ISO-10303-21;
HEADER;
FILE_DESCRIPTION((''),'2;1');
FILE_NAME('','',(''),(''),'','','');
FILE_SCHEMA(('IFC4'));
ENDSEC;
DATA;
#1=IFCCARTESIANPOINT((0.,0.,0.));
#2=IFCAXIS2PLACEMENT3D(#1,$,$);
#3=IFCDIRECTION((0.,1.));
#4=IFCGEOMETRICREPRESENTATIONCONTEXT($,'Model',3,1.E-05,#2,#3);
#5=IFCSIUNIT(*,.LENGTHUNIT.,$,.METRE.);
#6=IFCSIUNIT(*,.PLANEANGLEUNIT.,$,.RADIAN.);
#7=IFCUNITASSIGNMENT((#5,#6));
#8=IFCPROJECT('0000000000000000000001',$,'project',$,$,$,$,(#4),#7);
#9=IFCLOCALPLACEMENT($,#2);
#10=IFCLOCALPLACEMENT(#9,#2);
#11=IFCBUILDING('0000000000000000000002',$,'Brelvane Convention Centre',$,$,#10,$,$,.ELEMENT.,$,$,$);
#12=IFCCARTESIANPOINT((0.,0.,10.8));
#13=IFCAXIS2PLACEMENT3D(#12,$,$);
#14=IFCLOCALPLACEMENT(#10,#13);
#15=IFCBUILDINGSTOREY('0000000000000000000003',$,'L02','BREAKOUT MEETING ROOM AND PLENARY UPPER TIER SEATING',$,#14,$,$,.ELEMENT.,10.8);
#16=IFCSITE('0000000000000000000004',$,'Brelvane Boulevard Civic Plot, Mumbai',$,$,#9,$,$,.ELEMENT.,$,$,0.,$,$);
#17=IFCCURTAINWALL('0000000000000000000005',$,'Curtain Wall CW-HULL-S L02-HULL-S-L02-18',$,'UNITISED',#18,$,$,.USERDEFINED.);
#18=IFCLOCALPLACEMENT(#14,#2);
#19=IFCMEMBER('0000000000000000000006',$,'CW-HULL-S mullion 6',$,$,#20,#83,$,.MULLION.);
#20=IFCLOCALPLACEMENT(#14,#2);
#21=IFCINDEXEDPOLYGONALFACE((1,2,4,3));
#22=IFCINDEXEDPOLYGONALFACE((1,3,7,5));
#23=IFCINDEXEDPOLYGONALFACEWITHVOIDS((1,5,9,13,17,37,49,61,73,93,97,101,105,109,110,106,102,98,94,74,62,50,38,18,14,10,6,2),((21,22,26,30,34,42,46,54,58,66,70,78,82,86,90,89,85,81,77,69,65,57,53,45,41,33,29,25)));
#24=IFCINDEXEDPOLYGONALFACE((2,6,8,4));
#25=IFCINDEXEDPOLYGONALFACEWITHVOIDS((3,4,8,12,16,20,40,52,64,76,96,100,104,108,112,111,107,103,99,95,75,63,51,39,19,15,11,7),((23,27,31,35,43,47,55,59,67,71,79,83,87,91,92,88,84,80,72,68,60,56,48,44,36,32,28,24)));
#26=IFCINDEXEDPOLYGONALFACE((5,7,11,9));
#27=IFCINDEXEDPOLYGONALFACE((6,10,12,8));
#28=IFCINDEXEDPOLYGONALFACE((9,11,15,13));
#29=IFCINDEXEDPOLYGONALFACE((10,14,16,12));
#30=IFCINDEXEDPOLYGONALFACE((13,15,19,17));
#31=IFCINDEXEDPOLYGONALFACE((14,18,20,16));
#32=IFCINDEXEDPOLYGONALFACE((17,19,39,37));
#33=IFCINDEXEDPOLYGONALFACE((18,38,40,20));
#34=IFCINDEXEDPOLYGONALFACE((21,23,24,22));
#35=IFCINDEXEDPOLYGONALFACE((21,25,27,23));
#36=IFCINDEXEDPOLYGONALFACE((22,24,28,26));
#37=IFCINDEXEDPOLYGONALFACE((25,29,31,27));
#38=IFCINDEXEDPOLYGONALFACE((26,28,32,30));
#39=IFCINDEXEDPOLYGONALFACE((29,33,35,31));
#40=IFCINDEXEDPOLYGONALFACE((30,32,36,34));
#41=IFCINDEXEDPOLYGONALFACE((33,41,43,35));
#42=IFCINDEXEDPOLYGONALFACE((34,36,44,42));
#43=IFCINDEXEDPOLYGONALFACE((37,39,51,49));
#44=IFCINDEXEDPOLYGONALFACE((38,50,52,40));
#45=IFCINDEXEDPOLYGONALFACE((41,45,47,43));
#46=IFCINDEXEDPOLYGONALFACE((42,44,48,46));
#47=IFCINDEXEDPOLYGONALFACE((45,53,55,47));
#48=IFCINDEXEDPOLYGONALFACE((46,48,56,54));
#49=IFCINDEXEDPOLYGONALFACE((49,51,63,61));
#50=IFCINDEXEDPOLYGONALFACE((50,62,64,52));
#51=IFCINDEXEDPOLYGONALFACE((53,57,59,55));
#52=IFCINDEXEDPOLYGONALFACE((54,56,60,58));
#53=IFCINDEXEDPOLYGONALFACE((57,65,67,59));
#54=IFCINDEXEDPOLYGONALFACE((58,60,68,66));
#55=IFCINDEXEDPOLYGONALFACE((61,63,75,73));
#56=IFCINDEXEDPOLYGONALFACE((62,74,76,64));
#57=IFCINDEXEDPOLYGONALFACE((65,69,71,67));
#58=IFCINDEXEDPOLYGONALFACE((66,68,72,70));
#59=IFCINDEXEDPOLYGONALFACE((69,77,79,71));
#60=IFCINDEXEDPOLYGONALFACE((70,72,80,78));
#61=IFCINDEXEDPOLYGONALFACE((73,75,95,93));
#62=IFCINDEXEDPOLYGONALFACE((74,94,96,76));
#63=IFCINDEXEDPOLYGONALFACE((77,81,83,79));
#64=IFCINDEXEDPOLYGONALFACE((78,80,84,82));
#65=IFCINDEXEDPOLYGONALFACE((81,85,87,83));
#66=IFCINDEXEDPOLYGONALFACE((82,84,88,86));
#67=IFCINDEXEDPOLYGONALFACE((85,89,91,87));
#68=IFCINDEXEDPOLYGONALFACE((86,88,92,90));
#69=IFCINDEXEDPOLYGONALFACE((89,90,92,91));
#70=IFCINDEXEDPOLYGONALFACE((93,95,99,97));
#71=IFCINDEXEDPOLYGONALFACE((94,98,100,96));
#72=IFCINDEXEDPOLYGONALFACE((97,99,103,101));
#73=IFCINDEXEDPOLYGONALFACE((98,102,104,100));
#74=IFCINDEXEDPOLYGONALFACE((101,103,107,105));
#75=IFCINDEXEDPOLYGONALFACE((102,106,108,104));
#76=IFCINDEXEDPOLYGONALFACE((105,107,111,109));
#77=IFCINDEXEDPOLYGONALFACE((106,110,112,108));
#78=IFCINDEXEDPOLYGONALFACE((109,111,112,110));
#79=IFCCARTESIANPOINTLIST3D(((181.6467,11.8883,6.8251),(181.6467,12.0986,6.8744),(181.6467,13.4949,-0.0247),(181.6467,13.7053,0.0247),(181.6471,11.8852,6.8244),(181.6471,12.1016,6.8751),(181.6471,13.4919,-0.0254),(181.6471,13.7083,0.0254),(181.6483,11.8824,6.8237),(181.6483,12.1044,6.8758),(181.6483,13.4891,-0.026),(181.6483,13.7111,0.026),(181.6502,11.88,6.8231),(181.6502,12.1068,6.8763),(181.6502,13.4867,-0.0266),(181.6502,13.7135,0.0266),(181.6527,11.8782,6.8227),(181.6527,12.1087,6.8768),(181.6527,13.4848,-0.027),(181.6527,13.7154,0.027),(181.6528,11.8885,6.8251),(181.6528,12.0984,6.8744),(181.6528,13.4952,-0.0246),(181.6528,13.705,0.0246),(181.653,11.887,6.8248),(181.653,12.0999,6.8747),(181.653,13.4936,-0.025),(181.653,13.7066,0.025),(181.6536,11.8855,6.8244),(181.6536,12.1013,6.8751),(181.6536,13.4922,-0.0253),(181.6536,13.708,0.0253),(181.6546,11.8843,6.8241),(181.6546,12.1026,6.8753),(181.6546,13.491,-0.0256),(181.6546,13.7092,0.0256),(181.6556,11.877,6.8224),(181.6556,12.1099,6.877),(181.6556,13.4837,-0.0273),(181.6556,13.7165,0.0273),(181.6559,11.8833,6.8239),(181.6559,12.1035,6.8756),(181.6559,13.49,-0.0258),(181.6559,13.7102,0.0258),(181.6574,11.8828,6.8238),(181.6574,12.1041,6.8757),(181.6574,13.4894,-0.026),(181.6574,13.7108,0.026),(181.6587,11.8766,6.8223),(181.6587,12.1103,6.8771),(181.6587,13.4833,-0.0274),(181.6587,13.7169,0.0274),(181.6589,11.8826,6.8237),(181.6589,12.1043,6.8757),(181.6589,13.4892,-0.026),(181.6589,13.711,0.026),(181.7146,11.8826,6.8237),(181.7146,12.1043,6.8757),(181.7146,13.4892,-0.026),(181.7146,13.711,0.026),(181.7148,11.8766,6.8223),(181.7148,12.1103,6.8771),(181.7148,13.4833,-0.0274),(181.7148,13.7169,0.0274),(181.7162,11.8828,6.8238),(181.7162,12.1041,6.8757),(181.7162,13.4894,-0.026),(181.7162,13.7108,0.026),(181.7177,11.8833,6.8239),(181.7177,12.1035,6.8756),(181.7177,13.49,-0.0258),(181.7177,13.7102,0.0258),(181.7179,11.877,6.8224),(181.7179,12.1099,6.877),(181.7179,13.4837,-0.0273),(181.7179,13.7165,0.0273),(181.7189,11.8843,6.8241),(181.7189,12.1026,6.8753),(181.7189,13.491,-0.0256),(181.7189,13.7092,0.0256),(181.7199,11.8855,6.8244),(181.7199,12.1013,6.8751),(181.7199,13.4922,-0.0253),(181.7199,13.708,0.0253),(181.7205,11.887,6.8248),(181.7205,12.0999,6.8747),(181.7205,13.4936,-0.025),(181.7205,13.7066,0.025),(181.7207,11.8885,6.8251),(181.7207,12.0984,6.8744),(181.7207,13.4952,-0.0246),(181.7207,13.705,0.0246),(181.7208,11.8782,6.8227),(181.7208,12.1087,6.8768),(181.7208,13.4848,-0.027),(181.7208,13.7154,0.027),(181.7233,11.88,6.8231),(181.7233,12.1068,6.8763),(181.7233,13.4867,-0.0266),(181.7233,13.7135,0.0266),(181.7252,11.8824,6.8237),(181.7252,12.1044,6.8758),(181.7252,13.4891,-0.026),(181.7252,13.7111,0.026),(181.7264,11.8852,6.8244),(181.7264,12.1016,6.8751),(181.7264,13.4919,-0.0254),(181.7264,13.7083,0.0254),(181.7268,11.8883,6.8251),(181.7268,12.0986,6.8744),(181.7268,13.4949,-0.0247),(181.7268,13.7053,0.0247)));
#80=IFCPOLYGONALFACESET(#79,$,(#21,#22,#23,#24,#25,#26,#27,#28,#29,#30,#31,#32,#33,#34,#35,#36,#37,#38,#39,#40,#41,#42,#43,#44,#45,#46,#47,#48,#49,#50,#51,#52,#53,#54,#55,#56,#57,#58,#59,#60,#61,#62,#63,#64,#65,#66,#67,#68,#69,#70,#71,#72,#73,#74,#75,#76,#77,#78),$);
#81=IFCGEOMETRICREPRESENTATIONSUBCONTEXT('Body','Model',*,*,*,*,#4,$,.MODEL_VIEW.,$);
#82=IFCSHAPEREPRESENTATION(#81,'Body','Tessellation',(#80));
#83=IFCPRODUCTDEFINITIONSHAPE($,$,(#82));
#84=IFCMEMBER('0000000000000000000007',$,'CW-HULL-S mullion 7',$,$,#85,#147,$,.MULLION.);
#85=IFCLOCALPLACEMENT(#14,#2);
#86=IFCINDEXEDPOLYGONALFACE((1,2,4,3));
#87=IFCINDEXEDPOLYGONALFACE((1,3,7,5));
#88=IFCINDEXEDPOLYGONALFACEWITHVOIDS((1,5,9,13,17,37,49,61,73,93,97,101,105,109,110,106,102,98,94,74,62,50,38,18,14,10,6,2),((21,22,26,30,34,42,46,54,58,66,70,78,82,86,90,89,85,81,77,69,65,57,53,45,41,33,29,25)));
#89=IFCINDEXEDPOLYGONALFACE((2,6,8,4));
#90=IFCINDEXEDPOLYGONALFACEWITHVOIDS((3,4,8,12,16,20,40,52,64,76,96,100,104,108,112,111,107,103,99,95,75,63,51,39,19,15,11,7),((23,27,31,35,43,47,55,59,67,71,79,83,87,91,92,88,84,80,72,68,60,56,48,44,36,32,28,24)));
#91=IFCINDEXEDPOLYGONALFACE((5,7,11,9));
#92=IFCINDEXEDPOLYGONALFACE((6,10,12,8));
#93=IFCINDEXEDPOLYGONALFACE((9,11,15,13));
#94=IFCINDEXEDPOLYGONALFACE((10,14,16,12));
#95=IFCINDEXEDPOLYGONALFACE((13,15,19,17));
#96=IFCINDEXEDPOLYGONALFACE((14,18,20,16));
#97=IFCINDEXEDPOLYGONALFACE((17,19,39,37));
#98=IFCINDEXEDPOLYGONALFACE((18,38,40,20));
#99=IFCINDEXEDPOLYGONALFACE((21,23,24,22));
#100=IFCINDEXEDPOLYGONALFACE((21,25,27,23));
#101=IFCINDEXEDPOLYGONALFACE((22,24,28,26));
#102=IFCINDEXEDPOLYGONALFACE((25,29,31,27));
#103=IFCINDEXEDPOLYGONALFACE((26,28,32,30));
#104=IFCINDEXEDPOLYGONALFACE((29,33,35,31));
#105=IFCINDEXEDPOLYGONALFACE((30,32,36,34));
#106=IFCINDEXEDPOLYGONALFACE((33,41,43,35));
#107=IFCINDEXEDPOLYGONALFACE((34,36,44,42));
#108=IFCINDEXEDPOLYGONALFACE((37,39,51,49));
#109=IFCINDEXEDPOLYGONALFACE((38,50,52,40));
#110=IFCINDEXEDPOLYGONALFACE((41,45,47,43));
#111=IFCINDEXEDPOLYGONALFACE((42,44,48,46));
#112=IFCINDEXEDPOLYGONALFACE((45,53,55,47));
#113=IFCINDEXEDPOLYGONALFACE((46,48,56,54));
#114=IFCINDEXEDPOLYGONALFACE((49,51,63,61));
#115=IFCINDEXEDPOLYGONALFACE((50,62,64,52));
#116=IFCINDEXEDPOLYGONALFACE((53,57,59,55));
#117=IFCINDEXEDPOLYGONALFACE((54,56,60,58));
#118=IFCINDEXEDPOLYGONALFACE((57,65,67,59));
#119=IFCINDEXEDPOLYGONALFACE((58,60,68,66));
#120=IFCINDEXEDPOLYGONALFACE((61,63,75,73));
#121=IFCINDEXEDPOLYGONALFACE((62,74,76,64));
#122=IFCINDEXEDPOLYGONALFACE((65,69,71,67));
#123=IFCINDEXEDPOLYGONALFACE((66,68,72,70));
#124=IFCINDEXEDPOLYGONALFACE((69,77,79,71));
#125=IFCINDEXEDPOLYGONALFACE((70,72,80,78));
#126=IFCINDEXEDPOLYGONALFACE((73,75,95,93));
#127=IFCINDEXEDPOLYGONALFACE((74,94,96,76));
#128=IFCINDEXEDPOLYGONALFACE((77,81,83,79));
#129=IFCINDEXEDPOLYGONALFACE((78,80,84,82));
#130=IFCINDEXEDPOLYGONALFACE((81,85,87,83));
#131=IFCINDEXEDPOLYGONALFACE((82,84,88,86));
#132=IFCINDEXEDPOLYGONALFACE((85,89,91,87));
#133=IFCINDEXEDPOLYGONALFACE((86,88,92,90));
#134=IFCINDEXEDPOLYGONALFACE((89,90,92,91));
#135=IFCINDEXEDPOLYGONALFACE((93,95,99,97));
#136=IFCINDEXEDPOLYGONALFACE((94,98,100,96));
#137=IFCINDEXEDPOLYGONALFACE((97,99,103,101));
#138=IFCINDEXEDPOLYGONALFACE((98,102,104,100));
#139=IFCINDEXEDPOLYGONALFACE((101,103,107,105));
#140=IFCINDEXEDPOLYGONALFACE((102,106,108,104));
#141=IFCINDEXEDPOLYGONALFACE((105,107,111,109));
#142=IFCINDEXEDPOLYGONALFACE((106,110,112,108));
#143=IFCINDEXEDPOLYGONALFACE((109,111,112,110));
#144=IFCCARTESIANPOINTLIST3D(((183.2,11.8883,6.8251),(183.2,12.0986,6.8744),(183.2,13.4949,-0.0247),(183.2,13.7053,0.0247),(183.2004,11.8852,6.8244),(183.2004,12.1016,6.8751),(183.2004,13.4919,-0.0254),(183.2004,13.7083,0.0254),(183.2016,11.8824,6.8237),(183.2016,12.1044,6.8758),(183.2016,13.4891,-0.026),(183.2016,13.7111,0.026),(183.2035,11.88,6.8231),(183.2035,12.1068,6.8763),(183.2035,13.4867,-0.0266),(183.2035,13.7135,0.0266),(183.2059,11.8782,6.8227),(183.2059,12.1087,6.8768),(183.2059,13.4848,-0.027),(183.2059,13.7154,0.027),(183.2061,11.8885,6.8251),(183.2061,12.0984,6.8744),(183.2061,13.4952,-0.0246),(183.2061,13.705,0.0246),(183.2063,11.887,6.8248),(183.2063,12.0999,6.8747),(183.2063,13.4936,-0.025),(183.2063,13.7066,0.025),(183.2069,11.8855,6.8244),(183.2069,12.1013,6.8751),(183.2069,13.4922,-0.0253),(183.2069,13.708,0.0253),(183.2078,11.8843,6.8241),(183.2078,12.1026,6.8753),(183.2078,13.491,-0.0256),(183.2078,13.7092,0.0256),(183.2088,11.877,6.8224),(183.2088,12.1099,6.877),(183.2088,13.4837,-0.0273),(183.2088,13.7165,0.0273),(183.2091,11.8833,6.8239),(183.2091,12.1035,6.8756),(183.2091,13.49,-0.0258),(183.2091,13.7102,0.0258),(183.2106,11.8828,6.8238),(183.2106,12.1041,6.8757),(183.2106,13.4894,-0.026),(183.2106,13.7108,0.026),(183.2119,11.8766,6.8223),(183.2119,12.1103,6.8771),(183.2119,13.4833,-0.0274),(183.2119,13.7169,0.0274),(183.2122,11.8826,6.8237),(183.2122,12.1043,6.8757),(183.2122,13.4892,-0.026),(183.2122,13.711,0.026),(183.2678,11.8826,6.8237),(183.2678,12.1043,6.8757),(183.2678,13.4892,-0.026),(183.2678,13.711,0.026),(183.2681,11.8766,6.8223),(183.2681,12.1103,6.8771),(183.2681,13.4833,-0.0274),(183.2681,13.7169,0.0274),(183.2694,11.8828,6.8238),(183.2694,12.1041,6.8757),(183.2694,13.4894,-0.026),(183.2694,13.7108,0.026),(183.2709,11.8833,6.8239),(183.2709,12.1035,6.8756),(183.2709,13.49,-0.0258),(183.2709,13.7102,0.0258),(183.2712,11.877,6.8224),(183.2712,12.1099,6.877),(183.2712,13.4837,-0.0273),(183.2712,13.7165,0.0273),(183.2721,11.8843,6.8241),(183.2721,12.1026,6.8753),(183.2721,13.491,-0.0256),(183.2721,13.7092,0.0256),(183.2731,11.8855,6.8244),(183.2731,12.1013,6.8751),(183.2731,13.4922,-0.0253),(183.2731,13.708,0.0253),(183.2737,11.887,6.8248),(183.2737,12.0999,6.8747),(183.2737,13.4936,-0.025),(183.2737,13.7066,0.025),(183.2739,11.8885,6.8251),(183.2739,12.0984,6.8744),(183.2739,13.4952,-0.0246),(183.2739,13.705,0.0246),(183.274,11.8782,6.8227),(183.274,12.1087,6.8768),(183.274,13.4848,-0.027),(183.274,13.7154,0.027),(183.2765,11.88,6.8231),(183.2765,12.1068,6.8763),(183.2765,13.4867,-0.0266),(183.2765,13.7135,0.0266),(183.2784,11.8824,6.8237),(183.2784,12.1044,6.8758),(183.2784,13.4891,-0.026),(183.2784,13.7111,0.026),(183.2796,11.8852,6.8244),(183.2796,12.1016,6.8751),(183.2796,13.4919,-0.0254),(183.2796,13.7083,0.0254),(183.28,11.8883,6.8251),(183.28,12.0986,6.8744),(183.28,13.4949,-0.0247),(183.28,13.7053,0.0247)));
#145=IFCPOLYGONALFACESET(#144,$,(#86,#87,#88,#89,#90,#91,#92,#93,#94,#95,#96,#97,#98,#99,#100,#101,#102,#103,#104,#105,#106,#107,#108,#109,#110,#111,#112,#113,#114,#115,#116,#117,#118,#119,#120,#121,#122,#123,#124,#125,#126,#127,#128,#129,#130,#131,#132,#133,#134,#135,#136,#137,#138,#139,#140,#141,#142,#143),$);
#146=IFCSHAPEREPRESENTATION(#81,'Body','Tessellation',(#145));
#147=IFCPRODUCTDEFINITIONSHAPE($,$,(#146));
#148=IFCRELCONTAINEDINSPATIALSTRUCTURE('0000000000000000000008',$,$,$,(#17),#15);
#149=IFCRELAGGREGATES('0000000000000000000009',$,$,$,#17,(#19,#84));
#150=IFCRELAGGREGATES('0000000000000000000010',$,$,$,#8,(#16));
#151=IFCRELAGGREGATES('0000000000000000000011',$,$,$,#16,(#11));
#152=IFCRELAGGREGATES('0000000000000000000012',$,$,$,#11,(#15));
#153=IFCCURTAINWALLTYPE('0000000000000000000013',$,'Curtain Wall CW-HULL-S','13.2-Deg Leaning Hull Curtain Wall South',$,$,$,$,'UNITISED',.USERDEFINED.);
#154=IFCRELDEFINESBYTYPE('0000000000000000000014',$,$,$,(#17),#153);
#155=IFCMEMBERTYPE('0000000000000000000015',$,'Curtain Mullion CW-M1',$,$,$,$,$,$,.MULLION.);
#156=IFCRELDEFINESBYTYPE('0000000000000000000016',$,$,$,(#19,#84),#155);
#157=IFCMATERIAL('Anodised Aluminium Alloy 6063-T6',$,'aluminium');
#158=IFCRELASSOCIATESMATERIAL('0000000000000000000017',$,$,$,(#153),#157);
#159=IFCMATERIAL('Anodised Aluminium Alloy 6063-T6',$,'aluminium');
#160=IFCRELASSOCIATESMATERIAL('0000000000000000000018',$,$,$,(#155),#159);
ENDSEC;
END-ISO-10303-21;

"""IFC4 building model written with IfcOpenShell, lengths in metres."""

from ifc_helpers import new_model, si_unit, direction, frame, origin, origin_2d, place, context, subcontext, project, spatial, hollow_rectangle, extrude, material, material_profile, profile_set, type_object, element, aggregate, save


model = new_model("IFC4")

# Units and contexts
model_context = context("Model", 3, precision=1e-05, world=origin(), true_north=direction((0.0, 1.0)))
body_context = subcontext(model_context, "Body", "Model", "MODEL_VIEW")
ifc_project = project(units=[si_unit("LENGTHUNIT", "METRE"), si_unit("PLANEANGLEUNIT", "RADIAN")], contexts=[model_context])

# Site, building, storey
site_placement = place(None, origin())
site = spatial("IfcSite", under=ifc_project, at=site_placement, Name="Brelvane Boulevard Civic Plot, Mumbai", CompositionType="ELEMENT", RefElevation=0.0)
building_placement = place(site_placement, origin())
building = spatial("IfcBuilding", under=site, at=building_placement, Name="Brelvane Convention Centre", CompositionType="ELEMENT")
storey_placement = place(building_placement, frame((0.0, 0.0, 10.8)))
storey = spatial("IfcBuildingStorey", under=building, at=storey_placement, Name="L02", Description="BREAKOUT MEETING ROOM AND PLENARY UPPER TIER SEATING", CompositionType="ELEMENT", Elevation=10.8)

# Curtain wall, members
ifc_material_1 = material(Name="Anodised Aluminium Alloy 6063-T6", Category="aluminium")
curtain_wall_type = type_object("IfcCurtainWallType", Name="Curtain Wall CW-HULL-S", Description="13.2-Deg Leaning Hull Curtain Wall South", ElementType="UNITISED", PredefinedType="USERDEFINED", material=ifc_material_1)
ifc_material_2 = material(Name="Anodised Aluminium Alloy 6063-T6", Category="aluminium")
ifc_material_profile_1 = material_profile(ifc_material_2, hollow_rectangle(XDim=0.0801, YDim=0.24, WallThickness=0.0061, InnerFilletRadius=0.0061, OuterFilletRadius=0.012, at=origin_2d()), Name="ALU-M 240x80x6.0")
ifc_profile_set_1 = profile_set([ifc_material_profile_1], Name="Anodised Aluminium Alloy 6063-T6")
member_type_1 = type_object("IfcMemberType", Name="Curtain Mullion CW-M1", PredefinedType="MULLION", material=ifc_profile_set_1)
curtain_wall_1_placement = place(storey_placement, origin())
curtain_wall_1 = element("IfcCurtainWall", 1, at=curtain_wall_1_placement, inside=storey, type_object=curtain_wall_type, Name="Curtain Wall CW-HULL-S L02-HULL-S-L02-18", ObjectType="UNITISED", PredefinedType="USERDEFINED")
member_1_placement = place(storey_placement, frame((181.6868, 13.6001, 0.0), z_axis=(0.0, -0.22836, 0.973577), x_axis=(1.0, 0.0, 0.0)))
member_1 = element("IfcMember", 2, at=member_1_placement, type_object=member_type_1, Name="CW-HULL-S mullion 6", PredefinedType="MULLION", context=body_context, shape_type="SweptSolid", body=[
    extrude(hollow_rectangle(XDim=0.0801, YDim=0.24, WallThickness=0.0061, InnerFilletRadius=0.0061, OuterFilletRadius=0.012, at=origin_2d()), origin(), (0.0, 0.0, 1.0), 7.0356),
])
member_2_placement = place(storey_placement, frame((183.24, 13.6001, 0.0), z_axis=(0.0, -0.22836, 0.973577), x_axis=(1.0, 0.0, 0.0)))
member_2 = element("IfcMember", 3, at=member_2_placement, type_object=member_type_1, Name="CW-HULL-S mullion 7", PredefinedType="MULLION", context=body_context, shape_type="SweptSolid", body=[
    extrude(hollow_rectangle(XDim=0.0801, YDim=0.24, WallThickness=0.0061, InnerFilletRadius=0.0061, OuterFilletRadius=0.012, at=origin_2d()), origin(), (0.0, 0.0, 1.0), 7.0356),
])

aggregate(curtain_wall_1, [member_1, member_2])

save(model, "model.ifc")
